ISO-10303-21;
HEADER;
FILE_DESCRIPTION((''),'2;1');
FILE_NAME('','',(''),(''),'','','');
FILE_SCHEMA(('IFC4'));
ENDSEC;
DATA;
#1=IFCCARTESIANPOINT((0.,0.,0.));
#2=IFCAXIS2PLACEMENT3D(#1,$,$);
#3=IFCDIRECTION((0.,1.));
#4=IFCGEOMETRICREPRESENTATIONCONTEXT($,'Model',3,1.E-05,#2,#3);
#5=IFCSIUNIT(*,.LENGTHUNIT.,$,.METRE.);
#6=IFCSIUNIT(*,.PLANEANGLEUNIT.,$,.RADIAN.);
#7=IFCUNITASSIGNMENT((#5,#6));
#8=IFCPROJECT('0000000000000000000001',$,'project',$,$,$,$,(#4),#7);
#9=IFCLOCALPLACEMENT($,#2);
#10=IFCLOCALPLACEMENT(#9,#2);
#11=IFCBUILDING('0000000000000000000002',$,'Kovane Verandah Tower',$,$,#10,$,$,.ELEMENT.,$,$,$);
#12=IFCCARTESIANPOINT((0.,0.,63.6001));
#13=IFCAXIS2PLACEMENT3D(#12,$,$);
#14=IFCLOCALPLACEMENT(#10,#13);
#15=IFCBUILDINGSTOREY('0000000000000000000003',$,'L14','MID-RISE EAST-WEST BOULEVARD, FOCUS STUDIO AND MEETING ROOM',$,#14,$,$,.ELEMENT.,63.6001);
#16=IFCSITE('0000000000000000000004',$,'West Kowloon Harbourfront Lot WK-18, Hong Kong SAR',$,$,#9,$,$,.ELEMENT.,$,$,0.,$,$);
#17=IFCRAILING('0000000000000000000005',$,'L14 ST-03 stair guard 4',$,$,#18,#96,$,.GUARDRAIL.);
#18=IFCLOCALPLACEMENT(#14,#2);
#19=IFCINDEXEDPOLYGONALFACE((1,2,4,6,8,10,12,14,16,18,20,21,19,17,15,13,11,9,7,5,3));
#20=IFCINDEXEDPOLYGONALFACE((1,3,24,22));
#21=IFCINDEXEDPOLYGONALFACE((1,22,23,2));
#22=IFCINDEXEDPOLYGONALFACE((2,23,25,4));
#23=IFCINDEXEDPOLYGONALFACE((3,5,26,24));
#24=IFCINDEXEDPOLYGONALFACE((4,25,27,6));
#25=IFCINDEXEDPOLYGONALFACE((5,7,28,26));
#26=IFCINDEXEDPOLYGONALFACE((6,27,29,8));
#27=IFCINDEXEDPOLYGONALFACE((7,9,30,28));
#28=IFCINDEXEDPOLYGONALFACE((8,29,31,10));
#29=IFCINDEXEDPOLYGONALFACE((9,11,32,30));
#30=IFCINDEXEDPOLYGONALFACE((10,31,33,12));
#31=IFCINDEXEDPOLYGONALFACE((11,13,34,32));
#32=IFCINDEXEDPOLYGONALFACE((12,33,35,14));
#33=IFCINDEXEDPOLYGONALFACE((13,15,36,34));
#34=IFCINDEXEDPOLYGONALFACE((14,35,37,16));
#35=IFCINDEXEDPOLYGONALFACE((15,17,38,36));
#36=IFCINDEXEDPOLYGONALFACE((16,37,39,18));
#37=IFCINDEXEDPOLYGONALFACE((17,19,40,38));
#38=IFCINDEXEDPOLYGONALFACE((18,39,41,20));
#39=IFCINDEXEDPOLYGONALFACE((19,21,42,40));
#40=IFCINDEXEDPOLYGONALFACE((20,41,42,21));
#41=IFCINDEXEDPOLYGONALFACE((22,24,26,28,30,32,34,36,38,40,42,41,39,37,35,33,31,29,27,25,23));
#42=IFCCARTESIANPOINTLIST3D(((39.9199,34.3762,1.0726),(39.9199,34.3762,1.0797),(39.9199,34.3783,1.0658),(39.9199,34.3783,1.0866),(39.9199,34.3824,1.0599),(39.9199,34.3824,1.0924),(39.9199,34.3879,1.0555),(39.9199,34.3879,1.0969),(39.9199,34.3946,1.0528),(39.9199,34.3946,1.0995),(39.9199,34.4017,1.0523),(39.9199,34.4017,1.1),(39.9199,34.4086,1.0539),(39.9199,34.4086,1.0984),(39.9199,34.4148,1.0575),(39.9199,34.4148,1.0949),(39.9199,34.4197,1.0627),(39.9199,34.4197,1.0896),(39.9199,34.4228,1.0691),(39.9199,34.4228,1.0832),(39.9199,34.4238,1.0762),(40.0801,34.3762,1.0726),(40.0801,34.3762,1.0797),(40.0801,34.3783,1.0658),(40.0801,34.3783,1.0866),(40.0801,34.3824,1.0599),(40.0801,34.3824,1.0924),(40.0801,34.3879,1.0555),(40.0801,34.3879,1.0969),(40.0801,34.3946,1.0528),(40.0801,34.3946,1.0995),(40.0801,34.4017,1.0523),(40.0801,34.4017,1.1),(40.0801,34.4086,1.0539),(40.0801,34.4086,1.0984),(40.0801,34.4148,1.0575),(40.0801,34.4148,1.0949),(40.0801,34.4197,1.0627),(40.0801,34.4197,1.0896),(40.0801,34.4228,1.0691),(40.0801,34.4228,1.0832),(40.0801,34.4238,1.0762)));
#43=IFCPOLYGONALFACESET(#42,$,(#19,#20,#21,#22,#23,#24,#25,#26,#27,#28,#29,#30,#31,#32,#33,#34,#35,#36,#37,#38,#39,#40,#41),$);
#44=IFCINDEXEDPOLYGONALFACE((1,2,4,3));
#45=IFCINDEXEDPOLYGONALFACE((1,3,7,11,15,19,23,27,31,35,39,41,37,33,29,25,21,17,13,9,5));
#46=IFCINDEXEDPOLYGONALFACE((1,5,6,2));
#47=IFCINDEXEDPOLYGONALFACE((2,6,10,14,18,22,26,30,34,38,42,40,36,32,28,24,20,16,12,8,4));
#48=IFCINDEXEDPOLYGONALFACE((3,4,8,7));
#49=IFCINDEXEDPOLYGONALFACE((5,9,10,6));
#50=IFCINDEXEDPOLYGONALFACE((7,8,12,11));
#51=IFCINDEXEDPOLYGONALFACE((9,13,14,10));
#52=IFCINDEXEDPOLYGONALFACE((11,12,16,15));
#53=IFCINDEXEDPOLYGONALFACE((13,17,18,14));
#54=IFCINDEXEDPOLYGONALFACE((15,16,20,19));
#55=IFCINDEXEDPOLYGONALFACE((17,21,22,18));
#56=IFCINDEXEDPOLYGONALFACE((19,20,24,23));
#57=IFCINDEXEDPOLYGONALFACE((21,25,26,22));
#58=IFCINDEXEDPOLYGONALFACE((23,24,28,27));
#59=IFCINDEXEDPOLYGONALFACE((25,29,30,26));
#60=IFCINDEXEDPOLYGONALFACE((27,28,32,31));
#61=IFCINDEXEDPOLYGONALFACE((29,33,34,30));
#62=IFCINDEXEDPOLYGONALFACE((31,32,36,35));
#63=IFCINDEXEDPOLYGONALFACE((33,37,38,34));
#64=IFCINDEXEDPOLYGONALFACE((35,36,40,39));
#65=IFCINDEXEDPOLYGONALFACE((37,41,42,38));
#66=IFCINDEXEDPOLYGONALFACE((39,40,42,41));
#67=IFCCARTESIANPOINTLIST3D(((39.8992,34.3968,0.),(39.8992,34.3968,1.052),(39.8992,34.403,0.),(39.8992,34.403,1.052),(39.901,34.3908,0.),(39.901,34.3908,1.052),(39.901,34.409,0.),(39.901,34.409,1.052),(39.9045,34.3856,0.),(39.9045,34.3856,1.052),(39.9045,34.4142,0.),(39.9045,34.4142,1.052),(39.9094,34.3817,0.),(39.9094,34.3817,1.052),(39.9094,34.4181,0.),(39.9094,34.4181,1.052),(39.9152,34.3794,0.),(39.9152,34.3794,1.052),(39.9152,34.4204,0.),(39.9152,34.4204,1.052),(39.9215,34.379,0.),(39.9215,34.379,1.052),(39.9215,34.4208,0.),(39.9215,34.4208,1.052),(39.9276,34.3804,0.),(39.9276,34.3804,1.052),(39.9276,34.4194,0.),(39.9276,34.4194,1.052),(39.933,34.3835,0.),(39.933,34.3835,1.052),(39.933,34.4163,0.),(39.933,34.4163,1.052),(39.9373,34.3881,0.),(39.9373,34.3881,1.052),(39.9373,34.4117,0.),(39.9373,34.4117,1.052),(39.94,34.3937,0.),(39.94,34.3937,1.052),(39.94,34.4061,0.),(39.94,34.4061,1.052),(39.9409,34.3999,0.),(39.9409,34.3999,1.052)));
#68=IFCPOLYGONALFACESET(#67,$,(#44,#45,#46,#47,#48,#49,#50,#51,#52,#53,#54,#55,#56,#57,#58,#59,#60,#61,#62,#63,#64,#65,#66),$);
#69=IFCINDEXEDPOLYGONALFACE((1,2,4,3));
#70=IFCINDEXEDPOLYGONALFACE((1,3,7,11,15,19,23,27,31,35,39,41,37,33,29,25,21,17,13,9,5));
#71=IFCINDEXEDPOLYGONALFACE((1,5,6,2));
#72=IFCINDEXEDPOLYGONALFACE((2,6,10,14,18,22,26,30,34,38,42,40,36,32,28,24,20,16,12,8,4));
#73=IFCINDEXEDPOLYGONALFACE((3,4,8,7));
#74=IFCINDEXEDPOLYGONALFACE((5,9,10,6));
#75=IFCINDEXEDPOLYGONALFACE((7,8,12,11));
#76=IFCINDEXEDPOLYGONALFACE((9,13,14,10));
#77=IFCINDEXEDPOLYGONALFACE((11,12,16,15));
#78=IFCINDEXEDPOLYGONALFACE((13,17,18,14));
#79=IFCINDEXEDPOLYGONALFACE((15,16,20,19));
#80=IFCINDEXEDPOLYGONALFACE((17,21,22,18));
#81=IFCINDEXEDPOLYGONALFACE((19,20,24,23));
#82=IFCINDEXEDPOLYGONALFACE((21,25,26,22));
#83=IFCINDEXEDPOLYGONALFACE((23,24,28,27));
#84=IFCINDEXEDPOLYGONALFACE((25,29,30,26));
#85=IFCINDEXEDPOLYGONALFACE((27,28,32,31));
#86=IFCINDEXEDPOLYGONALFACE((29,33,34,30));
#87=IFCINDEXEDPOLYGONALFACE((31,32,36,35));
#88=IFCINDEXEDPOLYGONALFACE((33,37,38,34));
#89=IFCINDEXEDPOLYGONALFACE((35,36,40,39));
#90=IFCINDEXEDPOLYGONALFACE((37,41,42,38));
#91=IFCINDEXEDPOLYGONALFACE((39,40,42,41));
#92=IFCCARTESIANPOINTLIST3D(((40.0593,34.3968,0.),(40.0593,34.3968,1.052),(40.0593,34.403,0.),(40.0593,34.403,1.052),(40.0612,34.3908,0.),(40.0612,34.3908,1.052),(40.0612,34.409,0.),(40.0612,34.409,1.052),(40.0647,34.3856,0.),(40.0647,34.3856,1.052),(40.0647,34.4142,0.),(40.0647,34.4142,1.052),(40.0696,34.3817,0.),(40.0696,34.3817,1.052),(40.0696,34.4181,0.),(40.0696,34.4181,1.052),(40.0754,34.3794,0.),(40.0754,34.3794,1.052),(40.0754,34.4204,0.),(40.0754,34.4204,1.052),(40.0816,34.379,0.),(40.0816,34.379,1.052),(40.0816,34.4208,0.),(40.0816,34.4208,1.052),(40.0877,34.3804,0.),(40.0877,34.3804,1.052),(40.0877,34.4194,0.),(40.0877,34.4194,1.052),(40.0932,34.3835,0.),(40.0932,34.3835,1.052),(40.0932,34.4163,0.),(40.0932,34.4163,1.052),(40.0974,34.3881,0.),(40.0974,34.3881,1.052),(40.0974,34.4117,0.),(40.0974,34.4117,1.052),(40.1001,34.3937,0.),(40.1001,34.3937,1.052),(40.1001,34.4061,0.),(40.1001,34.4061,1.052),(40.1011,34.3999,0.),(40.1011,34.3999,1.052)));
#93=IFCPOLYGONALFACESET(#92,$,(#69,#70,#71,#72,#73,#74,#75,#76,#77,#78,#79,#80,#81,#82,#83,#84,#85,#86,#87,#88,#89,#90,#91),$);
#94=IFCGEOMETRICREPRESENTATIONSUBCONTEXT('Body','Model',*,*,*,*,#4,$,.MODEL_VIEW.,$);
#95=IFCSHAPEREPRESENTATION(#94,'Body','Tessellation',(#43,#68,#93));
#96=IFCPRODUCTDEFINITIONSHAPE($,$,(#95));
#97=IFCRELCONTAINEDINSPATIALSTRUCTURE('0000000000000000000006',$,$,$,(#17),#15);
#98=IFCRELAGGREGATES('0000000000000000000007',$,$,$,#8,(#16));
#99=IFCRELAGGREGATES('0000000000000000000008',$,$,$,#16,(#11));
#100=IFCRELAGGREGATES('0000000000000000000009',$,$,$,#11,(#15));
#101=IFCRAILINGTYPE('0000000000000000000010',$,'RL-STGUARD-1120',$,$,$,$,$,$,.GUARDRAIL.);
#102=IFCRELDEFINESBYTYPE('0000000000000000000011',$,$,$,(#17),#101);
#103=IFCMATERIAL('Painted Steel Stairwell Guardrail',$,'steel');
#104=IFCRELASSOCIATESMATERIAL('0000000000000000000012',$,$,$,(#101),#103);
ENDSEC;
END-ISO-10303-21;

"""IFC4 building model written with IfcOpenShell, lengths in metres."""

from ifc_helpers import new_model, si_unit, direction, frame, origin, origin_2d, place, context, subcontext, project, spatial, circle, extrude, material, type_object, element, save


model = new_model("IFC4")

# Units and contexts
model_context = context("Model", 3, precision=1e-05, world=origin(), true_north=direction((0.0, 1.0)))
body_context = subcontext(model_context, "Body", "Model", "MODEL_VIEW")
ifc_project = project(units=[si_unit("LENGTHUNIT", "METRE"), si_unit("PLANEANGLEUNIT", "RADIAN")], contexts=[model_context])

# Site, building, storey
site_placement = place(None, origin())
site = spatial("IfcSite", under=ifc_project, at=site_placement, Name="West Kowloon Harbourfront Lot WK-18, Hong Kong SAR", CompositionType="ELEMENT", RefElevation=0.0)
building_placement = place(site_placement, origin())
building = spatial("IfcBuilding", under=site, at=building_placement, Name="Kovane Verandah Tower", CompositionType="ELEMENT")
storey_placement = place(building_placement, frame((0.0, 0.0, 63.6001)))
storey = spatial("IfcBuildingStorey", under=building, at=storey_placement, Name="L14", Description="MID-RISE EAST-WEST BOULEVARD, FOCUS STUDIO AND MEETING ROOM", CompositionType="ELEMENT", Elevation=63.6001)

# Railing
ifc_material_1 = material(Name="Painted Steel Stairwell Guardrail", Category="steel")
railing_type_1 = type_object("IfcRailingType", Name="RL-STGUARD-1120", PredefinedType="GUARDRAIL", material=ifc_material_1)
railing_1_placement = place(storey_placement, frame((39.9199, 34.3999, 0.0)))
element("IfcRailing", 1, at=railing_1_placement, inside=storey, type_object=railing_type_1, Name="L14 ST-03 stair guard 4", PredefinedType="GUARDRAIL", context=body_context, shape_type="SweptSolid", body=[
    extrude(circle(Radius=0.0239, at=origin_2d()), frame((0.0, 0.0, 1.0762), z_axis=(1.0, 0.0, 0.0), x_axis=(0.0, 1.0, 0.0)), (0.0, 0.0, 1.0), 0.1602),
    extrude(circle(Radius=0.021, at=origin_2d()), origin(), (0.0, 0.0, 1.0), 1.052),
    extrude(circle(Radius=0.021, at=origin_2d()), frame((0.1602, 0.0, 0.0)), (0.0, 0.0, 1.0), 1.052),
])

save(model, "model.ifc")
